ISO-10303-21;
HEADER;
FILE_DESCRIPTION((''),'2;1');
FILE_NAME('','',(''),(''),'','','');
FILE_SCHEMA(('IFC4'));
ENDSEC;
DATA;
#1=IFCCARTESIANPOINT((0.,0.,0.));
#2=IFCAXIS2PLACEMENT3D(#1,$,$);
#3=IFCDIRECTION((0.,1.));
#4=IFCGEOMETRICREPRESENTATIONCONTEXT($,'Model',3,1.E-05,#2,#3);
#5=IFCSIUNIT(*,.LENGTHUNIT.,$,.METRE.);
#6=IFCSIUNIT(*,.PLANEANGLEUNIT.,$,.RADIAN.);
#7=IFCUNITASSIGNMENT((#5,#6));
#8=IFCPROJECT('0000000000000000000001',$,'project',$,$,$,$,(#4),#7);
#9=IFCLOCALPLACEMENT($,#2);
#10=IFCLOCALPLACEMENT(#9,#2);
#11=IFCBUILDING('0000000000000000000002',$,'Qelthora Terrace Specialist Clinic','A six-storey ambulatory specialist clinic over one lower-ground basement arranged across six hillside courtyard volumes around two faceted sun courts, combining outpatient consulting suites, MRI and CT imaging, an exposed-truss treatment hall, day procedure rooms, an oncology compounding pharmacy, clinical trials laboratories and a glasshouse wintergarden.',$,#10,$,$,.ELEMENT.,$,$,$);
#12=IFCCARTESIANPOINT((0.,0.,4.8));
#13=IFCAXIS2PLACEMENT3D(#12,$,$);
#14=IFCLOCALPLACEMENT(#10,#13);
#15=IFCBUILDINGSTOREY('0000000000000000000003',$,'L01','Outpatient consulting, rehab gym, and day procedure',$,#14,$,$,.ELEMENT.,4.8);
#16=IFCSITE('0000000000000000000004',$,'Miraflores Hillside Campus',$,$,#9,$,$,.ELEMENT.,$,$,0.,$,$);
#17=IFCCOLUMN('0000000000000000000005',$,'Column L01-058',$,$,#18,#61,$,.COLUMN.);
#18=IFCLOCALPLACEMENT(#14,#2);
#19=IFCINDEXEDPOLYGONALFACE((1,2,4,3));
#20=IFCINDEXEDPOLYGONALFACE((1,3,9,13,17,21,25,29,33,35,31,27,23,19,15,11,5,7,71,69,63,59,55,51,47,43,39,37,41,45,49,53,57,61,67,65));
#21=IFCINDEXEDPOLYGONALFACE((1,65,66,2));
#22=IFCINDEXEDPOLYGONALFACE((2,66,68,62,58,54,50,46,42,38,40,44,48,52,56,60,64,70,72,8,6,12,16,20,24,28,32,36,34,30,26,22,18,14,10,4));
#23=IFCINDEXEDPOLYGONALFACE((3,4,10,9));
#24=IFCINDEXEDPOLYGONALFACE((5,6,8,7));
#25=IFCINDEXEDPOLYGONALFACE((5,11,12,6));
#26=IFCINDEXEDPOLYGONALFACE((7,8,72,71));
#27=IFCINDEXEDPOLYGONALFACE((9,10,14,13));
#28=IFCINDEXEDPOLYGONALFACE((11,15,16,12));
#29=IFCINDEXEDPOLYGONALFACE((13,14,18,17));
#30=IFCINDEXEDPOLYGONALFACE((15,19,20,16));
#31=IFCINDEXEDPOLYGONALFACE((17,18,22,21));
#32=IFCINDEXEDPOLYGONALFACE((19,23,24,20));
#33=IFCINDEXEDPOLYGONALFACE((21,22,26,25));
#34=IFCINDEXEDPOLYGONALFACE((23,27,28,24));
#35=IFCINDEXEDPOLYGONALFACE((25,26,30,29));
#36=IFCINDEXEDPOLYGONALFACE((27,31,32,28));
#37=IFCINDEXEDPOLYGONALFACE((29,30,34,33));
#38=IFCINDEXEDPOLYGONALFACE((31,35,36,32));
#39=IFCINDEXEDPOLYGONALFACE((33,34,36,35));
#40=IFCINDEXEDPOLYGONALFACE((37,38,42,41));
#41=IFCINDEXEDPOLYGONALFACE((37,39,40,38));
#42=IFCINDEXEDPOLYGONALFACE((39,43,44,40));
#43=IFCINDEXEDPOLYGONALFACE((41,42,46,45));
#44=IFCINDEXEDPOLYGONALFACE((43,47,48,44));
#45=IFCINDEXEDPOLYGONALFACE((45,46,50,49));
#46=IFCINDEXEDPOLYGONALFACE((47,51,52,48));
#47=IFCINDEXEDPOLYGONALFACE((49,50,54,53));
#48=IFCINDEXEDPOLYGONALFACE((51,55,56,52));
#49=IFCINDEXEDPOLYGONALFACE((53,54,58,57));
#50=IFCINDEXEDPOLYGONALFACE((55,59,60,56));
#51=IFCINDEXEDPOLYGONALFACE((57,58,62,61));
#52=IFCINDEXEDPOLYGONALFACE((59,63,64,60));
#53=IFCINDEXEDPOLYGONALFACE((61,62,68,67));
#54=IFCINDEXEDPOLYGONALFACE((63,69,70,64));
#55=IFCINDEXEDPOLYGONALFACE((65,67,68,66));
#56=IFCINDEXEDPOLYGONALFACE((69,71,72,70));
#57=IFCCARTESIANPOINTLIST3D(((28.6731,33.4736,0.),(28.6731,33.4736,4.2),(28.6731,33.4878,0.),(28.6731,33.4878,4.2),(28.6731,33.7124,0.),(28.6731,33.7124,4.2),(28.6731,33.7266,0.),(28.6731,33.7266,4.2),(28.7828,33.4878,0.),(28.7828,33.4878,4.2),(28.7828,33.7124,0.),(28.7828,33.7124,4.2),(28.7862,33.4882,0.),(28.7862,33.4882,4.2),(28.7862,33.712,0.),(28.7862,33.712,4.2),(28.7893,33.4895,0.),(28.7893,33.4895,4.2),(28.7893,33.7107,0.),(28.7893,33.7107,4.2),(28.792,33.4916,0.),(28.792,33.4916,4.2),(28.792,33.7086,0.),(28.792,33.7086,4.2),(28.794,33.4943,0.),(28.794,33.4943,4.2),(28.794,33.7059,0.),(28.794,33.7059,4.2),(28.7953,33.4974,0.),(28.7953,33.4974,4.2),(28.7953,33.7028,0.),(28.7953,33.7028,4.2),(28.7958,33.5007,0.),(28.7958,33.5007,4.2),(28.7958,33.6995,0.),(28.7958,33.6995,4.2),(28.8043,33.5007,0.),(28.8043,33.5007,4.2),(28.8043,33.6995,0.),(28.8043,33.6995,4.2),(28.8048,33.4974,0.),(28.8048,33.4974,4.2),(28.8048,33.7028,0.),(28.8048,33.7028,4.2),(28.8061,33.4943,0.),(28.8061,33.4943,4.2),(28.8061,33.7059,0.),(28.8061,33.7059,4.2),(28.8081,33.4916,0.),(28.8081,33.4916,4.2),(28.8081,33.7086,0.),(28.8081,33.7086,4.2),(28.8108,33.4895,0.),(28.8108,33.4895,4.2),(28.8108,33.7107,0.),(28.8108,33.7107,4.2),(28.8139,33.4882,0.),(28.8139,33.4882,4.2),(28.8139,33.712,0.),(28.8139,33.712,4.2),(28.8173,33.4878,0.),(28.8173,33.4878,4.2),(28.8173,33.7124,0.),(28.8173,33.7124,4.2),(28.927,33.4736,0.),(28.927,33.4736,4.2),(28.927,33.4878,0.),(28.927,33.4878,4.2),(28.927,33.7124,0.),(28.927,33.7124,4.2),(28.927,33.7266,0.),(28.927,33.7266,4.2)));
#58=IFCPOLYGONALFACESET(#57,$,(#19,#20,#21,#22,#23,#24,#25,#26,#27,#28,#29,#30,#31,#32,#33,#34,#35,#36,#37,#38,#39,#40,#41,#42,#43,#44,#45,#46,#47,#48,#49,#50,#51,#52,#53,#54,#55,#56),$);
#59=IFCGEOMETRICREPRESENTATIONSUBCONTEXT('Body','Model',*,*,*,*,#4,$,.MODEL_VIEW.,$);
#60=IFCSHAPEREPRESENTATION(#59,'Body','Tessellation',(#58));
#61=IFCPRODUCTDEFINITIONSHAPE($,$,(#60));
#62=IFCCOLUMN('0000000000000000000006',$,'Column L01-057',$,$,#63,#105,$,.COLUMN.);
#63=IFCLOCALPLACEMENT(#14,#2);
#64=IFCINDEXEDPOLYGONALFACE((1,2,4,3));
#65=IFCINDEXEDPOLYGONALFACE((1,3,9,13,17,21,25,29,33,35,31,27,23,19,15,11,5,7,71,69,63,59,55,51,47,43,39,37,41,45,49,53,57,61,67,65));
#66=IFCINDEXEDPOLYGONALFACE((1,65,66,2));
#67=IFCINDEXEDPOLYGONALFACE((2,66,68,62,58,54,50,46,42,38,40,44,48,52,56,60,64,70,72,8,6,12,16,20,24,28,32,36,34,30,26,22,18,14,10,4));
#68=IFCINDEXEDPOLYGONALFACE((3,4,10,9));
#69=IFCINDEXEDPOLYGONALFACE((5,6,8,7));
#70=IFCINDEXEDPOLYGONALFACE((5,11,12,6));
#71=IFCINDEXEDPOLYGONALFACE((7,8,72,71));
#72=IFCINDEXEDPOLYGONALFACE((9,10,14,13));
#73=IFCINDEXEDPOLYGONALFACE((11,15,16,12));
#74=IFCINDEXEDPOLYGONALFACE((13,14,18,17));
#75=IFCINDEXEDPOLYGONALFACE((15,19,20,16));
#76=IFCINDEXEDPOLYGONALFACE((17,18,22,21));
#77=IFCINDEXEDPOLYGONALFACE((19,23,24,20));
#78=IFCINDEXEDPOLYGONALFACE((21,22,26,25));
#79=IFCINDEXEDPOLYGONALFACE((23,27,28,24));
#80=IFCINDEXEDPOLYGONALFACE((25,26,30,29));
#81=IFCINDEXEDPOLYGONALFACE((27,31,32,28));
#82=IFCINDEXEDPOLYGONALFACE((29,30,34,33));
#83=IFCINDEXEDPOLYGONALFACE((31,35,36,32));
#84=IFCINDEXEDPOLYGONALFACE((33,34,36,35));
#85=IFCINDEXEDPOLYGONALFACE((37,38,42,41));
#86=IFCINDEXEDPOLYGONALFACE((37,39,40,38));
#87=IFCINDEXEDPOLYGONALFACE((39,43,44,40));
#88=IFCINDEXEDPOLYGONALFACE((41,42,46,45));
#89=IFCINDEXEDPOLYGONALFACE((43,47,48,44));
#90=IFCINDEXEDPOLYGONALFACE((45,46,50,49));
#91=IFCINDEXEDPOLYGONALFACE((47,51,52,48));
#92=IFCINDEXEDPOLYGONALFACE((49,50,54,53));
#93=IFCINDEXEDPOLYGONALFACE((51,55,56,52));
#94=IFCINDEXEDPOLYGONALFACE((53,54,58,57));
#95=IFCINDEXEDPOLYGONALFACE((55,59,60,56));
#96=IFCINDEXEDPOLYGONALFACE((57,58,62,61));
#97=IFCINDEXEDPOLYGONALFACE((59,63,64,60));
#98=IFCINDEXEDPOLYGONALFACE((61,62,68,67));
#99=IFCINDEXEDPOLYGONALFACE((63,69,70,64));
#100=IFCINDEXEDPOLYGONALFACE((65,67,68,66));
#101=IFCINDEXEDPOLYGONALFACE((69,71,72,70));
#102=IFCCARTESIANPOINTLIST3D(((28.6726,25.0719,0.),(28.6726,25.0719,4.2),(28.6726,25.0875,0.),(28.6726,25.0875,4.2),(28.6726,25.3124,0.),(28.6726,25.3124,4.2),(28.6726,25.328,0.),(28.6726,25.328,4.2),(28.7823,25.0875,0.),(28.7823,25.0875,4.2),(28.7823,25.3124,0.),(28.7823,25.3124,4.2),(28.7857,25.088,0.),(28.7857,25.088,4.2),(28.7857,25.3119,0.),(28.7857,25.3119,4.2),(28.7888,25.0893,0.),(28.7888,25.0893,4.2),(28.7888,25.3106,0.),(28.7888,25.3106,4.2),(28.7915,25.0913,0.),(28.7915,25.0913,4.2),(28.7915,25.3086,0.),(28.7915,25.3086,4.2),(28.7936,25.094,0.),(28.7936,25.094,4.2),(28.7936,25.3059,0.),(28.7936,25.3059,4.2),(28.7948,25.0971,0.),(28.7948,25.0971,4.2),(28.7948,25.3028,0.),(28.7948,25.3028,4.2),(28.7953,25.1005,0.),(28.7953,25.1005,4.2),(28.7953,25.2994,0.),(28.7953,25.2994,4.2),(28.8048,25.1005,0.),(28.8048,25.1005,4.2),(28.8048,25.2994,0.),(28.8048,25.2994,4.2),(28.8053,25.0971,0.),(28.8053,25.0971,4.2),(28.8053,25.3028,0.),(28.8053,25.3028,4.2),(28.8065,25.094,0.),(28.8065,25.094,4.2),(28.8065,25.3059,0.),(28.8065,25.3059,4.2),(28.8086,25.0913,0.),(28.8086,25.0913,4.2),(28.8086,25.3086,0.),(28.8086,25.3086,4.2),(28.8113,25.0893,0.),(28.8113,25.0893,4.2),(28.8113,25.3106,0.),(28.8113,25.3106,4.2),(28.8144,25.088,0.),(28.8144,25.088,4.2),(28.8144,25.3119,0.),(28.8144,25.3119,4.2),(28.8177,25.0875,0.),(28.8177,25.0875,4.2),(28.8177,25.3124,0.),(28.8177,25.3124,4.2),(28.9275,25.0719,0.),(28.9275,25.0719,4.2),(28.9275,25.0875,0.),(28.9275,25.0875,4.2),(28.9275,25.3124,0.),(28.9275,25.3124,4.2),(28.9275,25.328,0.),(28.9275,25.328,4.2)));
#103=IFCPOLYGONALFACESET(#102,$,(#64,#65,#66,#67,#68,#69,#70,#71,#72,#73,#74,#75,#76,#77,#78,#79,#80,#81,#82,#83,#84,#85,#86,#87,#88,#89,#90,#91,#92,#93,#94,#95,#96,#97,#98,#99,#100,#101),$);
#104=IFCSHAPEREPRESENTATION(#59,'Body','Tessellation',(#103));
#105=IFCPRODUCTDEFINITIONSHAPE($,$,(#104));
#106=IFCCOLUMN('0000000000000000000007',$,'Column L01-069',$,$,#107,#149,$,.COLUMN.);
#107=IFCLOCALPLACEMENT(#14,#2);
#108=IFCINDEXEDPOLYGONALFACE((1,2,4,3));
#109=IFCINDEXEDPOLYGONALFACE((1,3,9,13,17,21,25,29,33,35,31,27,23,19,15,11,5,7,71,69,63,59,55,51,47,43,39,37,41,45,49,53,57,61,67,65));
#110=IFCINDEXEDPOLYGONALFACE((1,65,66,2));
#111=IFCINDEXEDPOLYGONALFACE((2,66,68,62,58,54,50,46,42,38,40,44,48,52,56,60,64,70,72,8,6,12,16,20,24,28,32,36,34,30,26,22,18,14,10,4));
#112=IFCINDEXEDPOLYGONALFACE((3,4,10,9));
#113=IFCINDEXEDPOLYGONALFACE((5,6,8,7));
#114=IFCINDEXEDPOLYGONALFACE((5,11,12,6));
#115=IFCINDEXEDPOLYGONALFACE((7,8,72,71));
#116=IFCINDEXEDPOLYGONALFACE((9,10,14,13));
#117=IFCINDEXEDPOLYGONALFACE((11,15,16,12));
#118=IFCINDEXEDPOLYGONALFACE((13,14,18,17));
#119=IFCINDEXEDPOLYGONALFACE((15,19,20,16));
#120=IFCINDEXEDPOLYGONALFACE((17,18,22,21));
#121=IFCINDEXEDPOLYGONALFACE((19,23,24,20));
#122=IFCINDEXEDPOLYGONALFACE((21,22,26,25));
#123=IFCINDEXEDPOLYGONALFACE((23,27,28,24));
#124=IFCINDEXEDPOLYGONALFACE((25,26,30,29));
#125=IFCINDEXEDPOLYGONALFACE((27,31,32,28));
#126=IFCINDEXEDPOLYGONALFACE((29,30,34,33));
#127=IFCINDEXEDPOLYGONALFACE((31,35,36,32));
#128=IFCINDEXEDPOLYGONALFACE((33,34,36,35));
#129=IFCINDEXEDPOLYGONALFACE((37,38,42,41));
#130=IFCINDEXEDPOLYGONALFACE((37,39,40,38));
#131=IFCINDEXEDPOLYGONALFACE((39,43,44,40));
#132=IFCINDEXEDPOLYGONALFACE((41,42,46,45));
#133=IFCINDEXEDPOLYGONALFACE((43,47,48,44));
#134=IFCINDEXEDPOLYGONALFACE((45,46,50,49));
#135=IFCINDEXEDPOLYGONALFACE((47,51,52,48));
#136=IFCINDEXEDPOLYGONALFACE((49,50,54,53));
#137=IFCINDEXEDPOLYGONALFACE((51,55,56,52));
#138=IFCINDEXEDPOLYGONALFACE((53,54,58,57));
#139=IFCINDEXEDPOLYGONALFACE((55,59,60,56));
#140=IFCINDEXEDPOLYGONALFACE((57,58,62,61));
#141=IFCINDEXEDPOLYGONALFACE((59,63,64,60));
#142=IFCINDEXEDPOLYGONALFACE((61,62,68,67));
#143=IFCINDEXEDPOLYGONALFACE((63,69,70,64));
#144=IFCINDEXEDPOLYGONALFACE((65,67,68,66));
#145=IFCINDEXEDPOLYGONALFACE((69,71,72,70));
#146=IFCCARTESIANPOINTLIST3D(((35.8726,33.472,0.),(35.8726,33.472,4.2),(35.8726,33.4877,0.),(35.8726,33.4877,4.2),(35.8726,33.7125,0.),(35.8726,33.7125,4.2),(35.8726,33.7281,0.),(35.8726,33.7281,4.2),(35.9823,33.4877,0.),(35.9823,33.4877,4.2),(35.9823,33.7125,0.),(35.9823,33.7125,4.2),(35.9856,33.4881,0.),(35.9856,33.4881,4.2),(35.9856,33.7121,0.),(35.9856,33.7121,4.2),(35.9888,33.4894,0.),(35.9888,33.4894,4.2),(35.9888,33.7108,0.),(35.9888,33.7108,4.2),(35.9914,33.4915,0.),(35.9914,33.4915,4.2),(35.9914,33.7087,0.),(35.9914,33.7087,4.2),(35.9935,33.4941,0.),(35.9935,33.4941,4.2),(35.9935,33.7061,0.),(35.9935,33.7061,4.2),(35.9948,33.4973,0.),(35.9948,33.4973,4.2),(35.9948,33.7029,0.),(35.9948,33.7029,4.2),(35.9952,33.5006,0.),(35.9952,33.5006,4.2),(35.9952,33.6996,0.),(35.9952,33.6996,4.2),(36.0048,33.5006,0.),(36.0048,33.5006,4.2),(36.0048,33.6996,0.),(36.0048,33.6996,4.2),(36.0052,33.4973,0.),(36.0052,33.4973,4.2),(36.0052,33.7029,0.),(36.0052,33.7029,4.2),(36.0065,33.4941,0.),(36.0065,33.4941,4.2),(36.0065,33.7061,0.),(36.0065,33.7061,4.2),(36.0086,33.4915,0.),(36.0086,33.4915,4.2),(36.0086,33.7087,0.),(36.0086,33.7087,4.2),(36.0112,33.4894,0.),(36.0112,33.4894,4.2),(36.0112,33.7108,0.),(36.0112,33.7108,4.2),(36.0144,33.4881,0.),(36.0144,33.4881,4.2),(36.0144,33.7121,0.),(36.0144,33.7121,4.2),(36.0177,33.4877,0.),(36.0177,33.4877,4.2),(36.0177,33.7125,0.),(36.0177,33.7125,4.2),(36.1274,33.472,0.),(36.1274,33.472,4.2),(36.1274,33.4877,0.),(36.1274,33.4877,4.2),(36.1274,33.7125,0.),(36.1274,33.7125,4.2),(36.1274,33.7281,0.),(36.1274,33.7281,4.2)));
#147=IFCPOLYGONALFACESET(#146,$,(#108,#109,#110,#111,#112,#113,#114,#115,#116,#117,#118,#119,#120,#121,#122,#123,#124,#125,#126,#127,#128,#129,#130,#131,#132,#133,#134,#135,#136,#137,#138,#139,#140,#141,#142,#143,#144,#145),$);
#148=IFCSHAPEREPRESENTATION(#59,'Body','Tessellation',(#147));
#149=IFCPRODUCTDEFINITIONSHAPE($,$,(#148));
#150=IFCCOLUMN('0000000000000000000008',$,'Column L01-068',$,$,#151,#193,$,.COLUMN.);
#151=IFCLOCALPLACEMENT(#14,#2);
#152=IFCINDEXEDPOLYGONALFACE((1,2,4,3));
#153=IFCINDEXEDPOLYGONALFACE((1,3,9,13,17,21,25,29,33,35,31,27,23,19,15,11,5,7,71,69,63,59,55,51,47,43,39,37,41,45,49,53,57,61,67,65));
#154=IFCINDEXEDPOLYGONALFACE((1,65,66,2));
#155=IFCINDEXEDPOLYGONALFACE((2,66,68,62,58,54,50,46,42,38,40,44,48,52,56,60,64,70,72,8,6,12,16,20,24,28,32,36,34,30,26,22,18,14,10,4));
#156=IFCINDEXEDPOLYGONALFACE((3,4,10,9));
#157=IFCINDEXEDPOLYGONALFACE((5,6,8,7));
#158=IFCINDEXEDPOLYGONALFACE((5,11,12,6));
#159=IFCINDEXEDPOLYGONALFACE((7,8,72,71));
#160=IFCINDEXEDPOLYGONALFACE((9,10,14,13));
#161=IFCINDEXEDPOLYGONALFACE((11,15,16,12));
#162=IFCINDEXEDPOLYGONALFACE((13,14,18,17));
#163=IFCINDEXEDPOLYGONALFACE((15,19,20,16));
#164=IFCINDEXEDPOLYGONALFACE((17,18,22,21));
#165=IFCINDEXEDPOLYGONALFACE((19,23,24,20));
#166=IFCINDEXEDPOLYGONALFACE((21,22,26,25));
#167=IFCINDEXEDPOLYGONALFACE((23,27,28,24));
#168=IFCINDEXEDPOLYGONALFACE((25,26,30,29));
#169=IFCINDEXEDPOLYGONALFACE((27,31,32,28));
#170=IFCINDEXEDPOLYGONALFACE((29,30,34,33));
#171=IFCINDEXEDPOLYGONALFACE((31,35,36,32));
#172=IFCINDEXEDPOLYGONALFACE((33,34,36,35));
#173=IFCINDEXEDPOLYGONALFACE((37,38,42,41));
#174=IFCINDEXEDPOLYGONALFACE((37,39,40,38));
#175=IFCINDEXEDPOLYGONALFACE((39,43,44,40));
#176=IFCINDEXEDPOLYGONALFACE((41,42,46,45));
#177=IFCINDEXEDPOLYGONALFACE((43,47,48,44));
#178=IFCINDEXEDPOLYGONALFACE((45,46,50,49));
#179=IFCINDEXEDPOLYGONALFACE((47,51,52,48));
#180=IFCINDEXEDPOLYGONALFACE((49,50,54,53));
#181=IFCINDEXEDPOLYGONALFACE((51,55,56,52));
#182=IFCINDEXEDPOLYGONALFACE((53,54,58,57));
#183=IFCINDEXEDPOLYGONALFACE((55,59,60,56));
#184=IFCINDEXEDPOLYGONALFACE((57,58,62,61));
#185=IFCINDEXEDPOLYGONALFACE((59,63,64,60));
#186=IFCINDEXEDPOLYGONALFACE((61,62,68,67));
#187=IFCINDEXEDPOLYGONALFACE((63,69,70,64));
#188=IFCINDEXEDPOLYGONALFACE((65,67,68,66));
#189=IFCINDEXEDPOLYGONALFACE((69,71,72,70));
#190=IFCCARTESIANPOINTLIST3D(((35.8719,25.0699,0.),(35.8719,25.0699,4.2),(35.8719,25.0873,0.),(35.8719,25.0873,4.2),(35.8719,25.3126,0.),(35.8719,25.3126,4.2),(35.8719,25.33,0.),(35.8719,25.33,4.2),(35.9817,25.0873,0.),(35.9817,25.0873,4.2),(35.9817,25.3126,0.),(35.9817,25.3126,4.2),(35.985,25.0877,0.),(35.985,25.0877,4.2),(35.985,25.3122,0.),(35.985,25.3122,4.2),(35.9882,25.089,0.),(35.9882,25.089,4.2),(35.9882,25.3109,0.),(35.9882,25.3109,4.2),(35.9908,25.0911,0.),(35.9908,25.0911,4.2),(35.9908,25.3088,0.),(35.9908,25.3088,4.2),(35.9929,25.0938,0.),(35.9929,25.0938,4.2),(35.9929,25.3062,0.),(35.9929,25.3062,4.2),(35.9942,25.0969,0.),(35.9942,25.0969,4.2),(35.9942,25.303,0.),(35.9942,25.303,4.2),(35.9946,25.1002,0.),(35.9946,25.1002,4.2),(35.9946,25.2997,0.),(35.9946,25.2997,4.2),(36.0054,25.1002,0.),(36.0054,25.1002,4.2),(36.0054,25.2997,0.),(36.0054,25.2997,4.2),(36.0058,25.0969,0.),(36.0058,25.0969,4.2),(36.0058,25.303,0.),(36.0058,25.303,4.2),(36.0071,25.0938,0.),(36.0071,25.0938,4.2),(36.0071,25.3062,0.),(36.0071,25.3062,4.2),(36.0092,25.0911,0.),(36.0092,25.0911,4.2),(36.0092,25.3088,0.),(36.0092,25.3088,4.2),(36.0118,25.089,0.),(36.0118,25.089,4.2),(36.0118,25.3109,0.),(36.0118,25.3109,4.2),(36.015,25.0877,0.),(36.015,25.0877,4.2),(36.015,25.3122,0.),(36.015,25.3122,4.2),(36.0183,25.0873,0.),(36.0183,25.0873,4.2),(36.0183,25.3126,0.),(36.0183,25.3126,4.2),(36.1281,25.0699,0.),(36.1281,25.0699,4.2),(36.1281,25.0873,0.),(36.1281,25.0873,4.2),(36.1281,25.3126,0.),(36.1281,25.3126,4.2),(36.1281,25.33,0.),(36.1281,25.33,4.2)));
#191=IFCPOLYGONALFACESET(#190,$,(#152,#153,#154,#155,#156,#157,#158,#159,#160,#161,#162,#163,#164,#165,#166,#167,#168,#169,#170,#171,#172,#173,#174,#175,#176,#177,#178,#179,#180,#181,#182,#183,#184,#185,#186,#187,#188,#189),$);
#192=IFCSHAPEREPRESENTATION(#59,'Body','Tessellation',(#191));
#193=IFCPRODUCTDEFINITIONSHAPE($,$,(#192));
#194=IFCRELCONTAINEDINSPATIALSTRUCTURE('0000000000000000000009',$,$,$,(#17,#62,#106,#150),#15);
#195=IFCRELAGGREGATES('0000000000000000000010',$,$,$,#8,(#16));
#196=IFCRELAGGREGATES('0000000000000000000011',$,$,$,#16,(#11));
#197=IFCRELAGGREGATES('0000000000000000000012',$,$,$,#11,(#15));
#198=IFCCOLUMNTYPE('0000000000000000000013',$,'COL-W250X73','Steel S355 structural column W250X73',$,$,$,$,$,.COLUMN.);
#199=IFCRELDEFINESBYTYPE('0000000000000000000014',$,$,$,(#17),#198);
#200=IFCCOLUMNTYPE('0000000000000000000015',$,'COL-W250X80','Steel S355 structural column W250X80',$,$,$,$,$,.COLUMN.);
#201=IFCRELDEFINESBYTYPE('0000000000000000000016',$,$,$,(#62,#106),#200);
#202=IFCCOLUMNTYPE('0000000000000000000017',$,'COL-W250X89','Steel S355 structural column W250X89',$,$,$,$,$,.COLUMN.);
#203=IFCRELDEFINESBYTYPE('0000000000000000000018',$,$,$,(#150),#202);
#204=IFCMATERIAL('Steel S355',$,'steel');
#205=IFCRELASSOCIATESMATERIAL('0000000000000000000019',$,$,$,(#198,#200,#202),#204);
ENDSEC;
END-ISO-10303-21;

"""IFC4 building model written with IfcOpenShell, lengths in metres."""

from ifc_helpers import new_model, si_unit, direction, frame, origin, origin_2d, place, context, subcontext, project, spatial, i_section, extrude, material, material_profile, profile_set, type_object, element, save


model = new_model("IFC4")

# Units and contexts
model_context = context("Model", 3, precision=1e-05, world=origin(), true_north=direction((0.0, 1.0)))
body_context = subcontext(model_context, "Body", "Model", "MODEL_VIEW")
ifc_project = project(units=[si_unit("LENGTHUNIT", "METRE"), si_unit("PLANEANGLEUNIT", "RADIAN")], contexts=[model_context])

# Site, building, storey
site_placement = place(None, origin())
site = spatial("IfcSite", under=ifc_project, at=site_placement, Name="Miraflores Hillside Campus", CompositionType="ELEMENT", RefElevation=0.0)
building_placement = place(site_placement, origin())
building = spatial("IfcBuilding", under=site, at=building_placement, Name="Qelthora Terrace Specialist Clinic", Description="A six-storey ambulatory specialist clinic over one lower-ground basement arranged across six hillside courtyard volumes around two faceted sun courts, combining outpatient consulting suites, MRI and CT imaging, an exposed-truss treatment hall, day procedure rooms, an oncology compounding pharmacy, clinical trials laboratories and a glasshouse wintergarden.", CompositionType="ELEMENT")
storey_placement = place(building_placement, frame((0.0, 0.0, 4.8)))
storey = spatial("IfcBuildingStorey", under=building, at=storey_placement, Name="L01", Description="Outpatient consulting, rehab gym, and day procedure", CompositionType="ELEMENT", Elevation=4.8)

# Columns
ifc_material_1 = material(Name="Steel S355", Category="steel")
ifc_material_profile_1 = material_profile(ifc_material_1, i_section(OverallWidth=0.2539, OverallDepth=0.2529, WebThickness=0.0085, FlangeThickness=0.0142, FilletRadius=0.0129, at=origin_2d()), Name="W250X73")
ifc_profile_set_1 = profile_set([ifc_material_profile_1], Name="Steel S355")
column_type_1 = type_object("IfcColumnType", Name="COL-W250X73", Description="Steel S355 structural column W250X73", PredefinedType="COLUMN", material=ifc_profile_set_1)
column_1_placement = place(storey_placement, frame((28.8, 33.6001, 0.0), z_axis=(0.0, 0.0, 1.0), x_axis=(1.0, 0.0, 0.0)))
element("IfcColumn", 1, at=column_1_placement, inside=storey, type_object=column_type_1, Name="Column L01-058", PredefinedType="COLUMN", context=body_context, shape_type="SweptSolid", body=[
    extrude(i_section(OverallWidth=0.2539, OverallDepth=0.2529, WebThickness=0.0085, FlangeThickness=0.0142, FilletRadius=0.0129, at=origin_2d()), origin(), (0.0, 0.0, 1.0), 4.2),
])
ifc_material_profile_2 = material_profile(ifc_material_1, i_section(OverallWidth=0.2549, OverallDepth=0.2561, WebThickness=0.0095, FlangeThickness=0.0156, FilletRadius=0.0129, at=origin_2d()), Name="W250X80")
ifc_profile_set_2 = profile_set([ifc_material_profile_2], Name="Steel S355")
column_type_2 = type_object("IfcColumnType", Name="COL-W250X80", Description="Steel S355 structural column W250X80", PredefinedType="COLUMN", material=ifc_profile_set_2)
for number, where, z_axis, x_axis, name in (
    (2, (28.8, 25.2, 0.0), (0.0, 0.0, 1.0), (1.0, 0.0, 0.0), "Column L01-057"),
    (3, (36.0, 33.6001, 0.0), (0.0, 0.0, 1.0), (1.0, 0.0, 0.0), "Column L01-069"),
):
    element("IfcColumn", number, at=place(storey_placement, frame(where, z_axis=z_axis, x_axis=x_axis)), inside=storey, type_object=column_type_2, Name=name, PredefinedType="COLUMN", context=body_context, shape_type="SweptSolid", body=[
        extrude(i_section(OverallWidth=0.2549, OverallDepth=0.2561, WebThickness=0.0095, FlangeThickness=0.0156, FilletRadius=0.0129, at=origin_2d()), origin(), (0.0, 0.0, 1.0), 4.2),
    ])
ifc_material_profile_3 = material_profile(ifc_material_1, i_section(OverallWidth=0.2561, OverallDepth=0.26, WebThickness=0.0107, FlangeThickness=0.0173, FilletRadius=0.0129, at=origin_2d()), Name="W250X89")
ifc_profile_set_3 = profile_set([ifc_material_profile_3], Name="Steel S355")
column_type_3 = type_object("IfcColumnType", Name="COL-W250X89", Description="Steel S355 structural column W250X89", PredefinedType="COLUMN", material=ifc_profile_set_3)
column_2_placement = place(storey_placement, frame((36.0, 25.2, 0.0), z_axis=(0.0, 0.0, 1.0), x_axis=(1.0, 0.0, 0.0)))
element("IfcColumn", 4, at=column_2_placement, inside=storey, type_object=column_type_3, Name="Column L01-068", PredefinedType="COLUMN", context=body_context, shape_type="SweptSolid", body=[
    extrude(i_section(OverallWidth=0.2561, OverallDepth=0.26, WebThickness=0.0107, FlangeThickness=0.0173, FilletRadius=0.0129, at=origin_2d()), origin(), (0.0, 0.0, 1.0), 4.2),
])

save(model, "model.ifc")
